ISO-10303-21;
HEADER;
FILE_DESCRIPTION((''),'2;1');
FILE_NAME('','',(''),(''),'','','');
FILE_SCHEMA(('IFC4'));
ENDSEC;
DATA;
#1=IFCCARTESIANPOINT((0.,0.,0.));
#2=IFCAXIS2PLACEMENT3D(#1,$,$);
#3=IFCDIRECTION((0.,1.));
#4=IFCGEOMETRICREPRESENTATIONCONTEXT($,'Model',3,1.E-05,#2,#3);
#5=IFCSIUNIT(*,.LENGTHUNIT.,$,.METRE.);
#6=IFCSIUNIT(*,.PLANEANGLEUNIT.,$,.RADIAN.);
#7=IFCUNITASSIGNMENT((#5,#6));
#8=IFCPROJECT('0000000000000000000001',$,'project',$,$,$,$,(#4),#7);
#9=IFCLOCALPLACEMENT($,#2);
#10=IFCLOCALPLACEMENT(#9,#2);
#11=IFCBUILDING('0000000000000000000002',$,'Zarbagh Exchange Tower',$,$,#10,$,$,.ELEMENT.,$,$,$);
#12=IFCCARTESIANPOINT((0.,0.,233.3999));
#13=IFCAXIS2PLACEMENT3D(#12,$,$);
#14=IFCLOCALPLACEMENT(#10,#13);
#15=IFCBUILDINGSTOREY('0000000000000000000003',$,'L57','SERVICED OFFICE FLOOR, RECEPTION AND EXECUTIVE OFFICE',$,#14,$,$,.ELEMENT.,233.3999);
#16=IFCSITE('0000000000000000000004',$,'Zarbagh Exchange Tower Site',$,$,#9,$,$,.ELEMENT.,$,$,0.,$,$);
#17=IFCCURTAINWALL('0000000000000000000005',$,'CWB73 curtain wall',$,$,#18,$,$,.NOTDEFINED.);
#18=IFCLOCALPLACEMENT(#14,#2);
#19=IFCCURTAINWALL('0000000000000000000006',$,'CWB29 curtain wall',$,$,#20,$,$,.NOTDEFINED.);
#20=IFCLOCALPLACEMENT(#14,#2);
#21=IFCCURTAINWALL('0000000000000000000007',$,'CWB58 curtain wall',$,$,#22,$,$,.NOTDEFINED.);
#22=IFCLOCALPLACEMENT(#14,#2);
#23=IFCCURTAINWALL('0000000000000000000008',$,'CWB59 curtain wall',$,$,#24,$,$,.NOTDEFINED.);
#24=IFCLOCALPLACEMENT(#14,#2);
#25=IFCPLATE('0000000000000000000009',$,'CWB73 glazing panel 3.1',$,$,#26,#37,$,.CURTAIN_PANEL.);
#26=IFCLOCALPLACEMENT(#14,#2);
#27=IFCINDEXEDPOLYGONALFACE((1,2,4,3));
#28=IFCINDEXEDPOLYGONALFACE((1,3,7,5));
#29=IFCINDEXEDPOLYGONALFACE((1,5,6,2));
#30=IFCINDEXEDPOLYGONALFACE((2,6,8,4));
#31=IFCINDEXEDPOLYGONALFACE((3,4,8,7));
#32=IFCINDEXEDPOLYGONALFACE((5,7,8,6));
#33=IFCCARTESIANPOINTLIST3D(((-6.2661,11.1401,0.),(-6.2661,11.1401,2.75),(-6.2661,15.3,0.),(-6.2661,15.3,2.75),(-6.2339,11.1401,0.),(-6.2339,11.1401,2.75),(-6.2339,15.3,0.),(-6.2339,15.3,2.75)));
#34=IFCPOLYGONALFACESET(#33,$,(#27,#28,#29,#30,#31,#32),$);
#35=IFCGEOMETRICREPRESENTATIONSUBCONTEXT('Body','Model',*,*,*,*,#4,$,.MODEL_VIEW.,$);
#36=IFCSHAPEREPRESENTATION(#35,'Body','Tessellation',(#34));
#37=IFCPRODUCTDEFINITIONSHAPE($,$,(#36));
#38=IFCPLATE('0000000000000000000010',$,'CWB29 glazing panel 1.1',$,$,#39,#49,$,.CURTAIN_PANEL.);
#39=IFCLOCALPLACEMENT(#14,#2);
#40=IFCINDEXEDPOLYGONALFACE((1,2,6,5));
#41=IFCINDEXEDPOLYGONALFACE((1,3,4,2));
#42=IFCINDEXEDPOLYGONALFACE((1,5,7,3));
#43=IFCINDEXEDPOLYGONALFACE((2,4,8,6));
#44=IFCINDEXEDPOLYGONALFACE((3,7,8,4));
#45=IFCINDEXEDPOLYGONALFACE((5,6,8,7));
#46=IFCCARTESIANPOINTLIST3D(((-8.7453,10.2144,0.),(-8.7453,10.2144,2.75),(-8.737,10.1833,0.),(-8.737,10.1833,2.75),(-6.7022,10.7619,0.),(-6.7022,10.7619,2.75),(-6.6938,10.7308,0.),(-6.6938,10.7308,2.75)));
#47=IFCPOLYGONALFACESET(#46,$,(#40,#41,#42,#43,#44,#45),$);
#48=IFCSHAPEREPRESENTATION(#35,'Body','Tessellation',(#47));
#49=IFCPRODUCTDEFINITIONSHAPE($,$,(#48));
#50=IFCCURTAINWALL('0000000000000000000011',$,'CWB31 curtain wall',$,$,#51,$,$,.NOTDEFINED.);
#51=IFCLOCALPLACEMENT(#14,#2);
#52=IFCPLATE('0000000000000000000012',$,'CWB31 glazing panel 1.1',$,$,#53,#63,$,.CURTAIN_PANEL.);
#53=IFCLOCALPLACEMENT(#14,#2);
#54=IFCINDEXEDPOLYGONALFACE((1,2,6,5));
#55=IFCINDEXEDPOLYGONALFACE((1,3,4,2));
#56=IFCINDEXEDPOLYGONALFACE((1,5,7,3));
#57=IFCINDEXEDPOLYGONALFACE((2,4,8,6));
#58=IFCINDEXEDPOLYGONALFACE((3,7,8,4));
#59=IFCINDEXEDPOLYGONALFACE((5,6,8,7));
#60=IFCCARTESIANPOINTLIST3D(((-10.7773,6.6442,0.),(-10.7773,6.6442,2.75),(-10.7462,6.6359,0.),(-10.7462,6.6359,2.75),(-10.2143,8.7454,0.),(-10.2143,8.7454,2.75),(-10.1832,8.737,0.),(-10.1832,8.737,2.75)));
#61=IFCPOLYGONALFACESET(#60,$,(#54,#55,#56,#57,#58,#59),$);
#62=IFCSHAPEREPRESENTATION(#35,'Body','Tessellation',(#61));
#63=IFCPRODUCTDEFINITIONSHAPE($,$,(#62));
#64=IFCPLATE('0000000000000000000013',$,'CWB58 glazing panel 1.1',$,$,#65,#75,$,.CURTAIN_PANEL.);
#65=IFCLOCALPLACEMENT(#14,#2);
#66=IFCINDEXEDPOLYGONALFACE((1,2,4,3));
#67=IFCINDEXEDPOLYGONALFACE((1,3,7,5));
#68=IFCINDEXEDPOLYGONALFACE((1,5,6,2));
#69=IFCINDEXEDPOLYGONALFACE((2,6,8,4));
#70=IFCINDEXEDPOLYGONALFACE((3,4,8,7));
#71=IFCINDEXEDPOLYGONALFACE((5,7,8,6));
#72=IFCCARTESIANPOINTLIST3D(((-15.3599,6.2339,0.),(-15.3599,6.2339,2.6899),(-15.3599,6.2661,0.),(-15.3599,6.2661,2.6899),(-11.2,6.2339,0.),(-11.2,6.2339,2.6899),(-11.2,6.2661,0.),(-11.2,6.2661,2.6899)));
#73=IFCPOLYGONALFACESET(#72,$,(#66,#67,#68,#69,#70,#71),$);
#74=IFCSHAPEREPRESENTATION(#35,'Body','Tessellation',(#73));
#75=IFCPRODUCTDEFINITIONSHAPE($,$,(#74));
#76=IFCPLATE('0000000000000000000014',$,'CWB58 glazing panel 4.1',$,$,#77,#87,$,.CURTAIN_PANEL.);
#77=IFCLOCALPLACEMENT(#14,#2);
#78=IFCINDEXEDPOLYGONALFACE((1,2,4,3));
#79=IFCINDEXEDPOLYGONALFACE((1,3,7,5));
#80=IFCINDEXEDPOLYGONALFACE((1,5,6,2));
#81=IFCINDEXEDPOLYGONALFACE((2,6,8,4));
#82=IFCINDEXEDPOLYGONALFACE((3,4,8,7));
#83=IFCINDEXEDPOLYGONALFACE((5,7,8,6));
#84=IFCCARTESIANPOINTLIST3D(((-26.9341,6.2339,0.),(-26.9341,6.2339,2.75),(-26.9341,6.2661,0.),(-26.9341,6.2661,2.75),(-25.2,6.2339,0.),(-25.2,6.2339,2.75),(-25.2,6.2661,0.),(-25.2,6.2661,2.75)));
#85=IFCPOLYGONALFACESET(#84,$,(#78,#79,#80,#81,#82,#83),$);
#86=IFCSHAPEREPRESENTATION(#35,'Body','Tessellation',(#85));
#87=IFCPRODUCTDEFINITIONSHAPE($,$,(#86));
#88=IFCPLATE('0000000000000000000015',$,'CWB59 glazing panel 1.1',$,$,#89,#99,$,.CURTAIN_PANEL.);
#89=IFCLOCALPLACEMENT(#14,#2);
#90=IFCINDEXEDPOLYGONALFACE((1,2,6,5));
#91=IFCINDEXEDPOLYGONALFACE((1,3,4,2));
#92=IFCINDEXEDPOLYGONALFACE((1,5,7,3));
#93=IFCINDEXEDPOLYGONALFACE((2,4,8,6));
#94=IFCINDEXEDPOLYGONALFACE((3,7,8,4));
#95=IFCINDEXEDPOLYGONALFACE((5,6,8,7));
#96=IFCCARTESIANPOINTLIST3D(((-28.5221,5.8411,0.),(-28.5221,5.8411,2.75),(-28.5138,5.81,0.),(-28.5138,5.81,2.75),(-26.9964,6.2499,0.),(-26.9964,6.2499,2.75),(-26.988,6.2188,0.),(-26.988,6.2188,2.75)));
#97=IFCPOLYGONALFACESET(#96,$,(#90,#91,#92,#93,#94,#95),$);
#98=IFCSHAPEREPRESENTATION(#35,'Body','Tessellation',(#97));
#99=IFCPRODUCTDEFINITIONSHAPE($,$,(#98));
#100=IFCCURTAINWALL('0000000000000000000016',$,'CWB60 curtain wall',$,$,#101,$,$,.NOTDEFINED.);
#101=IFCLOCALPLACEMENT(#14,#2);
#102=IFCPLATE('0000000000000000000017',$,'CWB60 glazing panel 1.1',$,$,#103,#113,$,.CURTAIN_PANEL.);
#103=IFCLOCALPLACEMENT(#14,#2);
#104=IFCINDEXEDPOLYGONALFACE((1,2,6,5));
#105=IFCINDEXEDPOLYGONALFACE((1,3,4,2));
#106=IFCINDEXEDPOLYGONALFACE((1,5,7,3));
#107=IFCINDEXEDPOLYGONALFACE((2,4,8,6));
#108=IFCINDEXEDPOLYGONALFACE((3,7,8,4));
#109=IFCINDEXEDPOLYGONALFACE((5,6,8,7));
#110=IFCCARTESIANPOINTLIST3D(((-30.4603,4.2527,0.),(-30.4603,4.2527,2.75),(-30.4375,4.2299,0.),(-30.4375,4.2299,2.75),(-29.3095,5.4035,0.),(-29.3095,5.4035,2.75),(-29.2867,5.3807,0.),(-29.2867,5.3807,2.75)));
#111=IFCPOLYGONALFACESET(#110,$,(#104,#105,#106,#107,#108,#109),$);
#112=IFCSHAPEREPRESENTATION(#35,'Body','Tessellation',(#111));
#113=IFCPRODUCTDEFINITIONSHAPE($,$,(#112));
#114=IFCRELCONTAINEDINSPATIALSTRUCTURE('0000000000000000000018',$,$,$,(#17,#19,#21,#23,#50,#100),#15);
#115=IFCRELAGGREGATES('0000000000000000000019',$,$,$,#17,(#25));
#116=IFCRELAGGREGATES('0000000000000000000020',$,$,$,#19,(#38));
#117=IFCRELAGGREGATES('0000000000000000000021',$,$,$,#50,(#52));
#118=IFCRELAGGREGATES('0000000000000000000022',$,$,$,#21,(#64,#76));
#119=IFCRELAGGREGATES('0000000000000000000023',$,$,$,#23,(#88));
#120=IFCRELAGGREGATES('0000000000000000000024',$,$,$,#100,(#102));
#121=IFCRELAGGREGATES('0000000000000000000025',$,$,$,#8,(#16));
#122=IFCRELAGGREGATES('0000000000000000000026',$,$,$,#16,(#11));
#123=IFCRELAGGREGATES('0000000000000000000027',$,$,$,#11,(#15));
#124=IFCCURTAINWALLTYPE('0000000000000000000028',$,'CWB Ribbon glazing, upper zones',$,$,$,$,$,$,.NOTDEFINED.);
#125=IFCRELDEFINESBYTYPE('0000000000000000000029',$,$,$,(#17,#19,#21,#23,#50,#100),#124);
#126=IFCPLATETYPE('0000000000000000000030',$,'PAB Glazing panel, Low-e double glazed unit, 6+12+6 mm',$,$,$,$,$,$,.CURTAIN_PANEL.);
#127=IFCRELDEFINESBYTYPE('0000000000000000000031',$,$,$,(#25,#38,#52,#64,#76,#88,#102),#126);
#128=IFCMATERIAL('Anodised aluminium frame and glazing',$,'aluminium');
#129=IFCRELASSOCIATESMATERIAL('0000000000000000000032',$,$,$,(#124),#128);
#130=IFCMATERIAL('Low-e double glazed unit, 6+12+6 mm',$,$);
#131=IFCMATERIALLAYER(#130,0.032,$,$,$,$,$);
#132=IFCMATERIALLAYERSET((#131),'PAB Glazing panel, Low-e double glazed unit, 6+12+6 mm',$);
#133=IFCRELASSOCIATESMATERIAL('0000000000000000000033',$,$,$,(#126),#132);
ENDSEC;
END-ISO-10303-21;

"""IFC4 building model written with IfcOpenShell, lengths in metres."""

from ifc_helpers import new_model, si_unit, direction, frame, origin, place, context, subcontext, project, spatial, polyline, outline, extrude, source, transform, mapped, material, layer, layer_set, type_object, element, aggregate, save


model = new_model("IFC4")

# Units and contexts
model_context = context("Model", 3, precision=1e-05, world=origin(), true_north=direction((0.0, 1.0)))
body_context = subcontext(model_context, "Body", "Model", "MODEL_VIEW")
ifc_project = project(units=[si_unit("LENGTHUNIT", "METRE"), si_unit("PLANEANGLEUNIT", "RADIAN")], contexts=[model_context])

# Site, building, storey
site_placement = place(None, origin())
site = spatial("IfcSite", under=ifc_project, at=site_placement, Name="Zarbagh Exchange Tower Site", CompositionType="ELEMENT", RefElevation=0.0)
building_placement = place(site_placement, origin())
building = spatial("IfcBuilding", under=site, at=building_placement, Name="Zarbagh Exchange Tower", CompositionType="ELEMENT")
storey_placement = place(building_placement, frame((0.0, 0.0, 233.3999)))
storey = spatial("IfcBuildingStorey", under=building, at=storey_placement, Name="L57", Description="SERVICED OFFICE FLOOR, RECEPTION AND EXECUTIVE OFFICE", CompositionType="ELEMENT", Elevation=233.3999)

# Curtain walls
ifc_material_1 = material(Name="Anodised aluminium frame and glazing", Category="aluminium")
curtain_wall_type = type_object("IfcCurtainWallType", Name="CWB Ribbon glazing, upper zones", PredefinedType="NOTDEFINED", material=ifc_material_1)
curtain_wall_1_placement = place(storey_placement, origin())
curtain_wall_1 = element("IfcCurtainWall", 1, at=curtain_wall_1_placement, inside=storey, type_object=curtain_wall_type, Name="CWB73 curtain wall", PredefinedType="NOTDEFINED")
placement = place(storey_placement, origin())
curtain_wall_2_placement = place(storey_placement, origin())
curtain_wall_2 = element("IfcCurtainWall", 2, at=curtain_wall_2_placement, inside=storey, type_object=curtain_wall_type, Name="CWB29 curtain wall", PredefinedType="NOTDEFINED")

# Curtain wall
curtain_wall_3_placement = place(storey_placement, origin())
curtain_wall_3 = element("IfcCurtainWall", 3, at=curtain_wall_3_placement, inside=storey, type_object=curtain_wall_type, Name="CWB58 curtain wall", PredefinedType="NOTDEFINED")

# Curtain wall
curtain_wall_4_placement = place(storey_placement, origin())
curtain_wall_4 = element("IfcCurtainWall", 4, at=curtain_wall_4_placement, inside=storey, type_object=curtain_wall_type, Name="CWB59 curtain wall", PredefinedType="NOTDEFINED")

# Shared definitions
ifc_material_2 = material(Name="Low-e double glazed unit, 6+12+6 mm")
ifc_layer = layer(ifc_material_2, 0.032)
ifc_layer_set = layer_set([ifc_layer], Name="PAB Glazing panel, Low-e double glazed unit, 6+12+6 mm")
plate_type = type_object("IfcPlateType", Name="PAB Glazing panel, Low-e double glazed unit, 6+12+6 mm", PredefinedType="CURTAIN_PANEL", material=ifc_layer_set)

# Plates
shared_shape_1 = source(origin(), body_context, "Body", "SweptSolid", [
    extrude(outline(polyline([(0.0, -0.0161), (4.1599, -0.0161), (4.1599, 0.0161), (0.0, 0.0161), (0.0, -0.0161)])), origin(), (0.0, 0.0, 1.0), 2.75),
])
plate_1 = element("IfcPlate", 5, at=placement, type_object=plate_type, Name="CWB73 glazing panel 3.1", PredefinedType="CURTAIN_PANEL", context=body_context, shape_type="MappedRepresentation", body=[
    mapped(shared_shape_1, transform((-6.25, 15.3, 0.0), x_axis=(0.0, -1.0, 0.0), y_axis=(1.0, 0.0, 0.0), z_axis=(0.0, 0.0, 1.0))),
])
aggregate(curtain_wall_1, [plate_1])
shared_shape_2 = source(origin(), body_context, "Body", "SweptSolid", [
    extrude(outline(polyline([(0.0, -0.0161), (2.1152, -0.0161), (2.1152, 0.0161), (0.0, 0.0161), (0.0, -0.0161)])), origin(), (0.0, 0.0, 1.0), 2.75),
])
plate_2 = element("IfcPlate", 6, at=placement, type_object=plate_type, Name="CWB29 glazing panel 1.1", PredefinedType="CURTAIN_PANEL", context=body_context, shape_type="MappedRepresentation", body=[
    mapped(shared_shape_2, transform((-6.698, 10.7463, 0.0), x_axis=(-0.965924, -0.258825, 0.0), y_axis=(0.258825, -0.965924, 0.0), z_axis=(0.0, 0.0, 1.0))),
])
aggregate(curtain_wall_2, [plate_2])

# Curtain wall, plate
curtain_wall_5_placement = place(storey_placement, origin())
curtain_wall_5 = element("IfcCurtainWall", 7, at=curtain_wall_5_placement, inside=storey, type_object=curtain_wall_type, Name="CWB31 curtain wall", PredefinedType="NOTDEFINED")
shared_shape_3 = source(origin(), body_context, "Body", "SweptSolid", [
    extrude(outline(polyline([(0.0, -0.0161), (2.1753, -0.0161), (2.1753, 0.0161), (0.0, 0.0161), (0.0, -0.0161)])), origin(), (0.0, 0.0, 1.0), 2.75),
])
plate_3 = element("IfcPlate", 8, at=placement, type_object=plate_type, Name="CWB31 glazing panel 1.1", PredefinedType="CURTAIN_PANEL", context=body_context, shape_type="MappedRepresentation", body=[
    mapped(shared_shape_3, transform((-10.1987, 8.7412, 0.0), x_axis=(-0.258825, -0.965924, 0.0), y_axis=(0.965924, -0.258825, 0.0), z_axis=(0.0, 0.0, 1.0))),
])
aggregate(curtain_wall_5, [plate_3])

# Plates
shared_shape_4 = source(origin(), body_context, "Body", "SweptSolid", [
    extrude(outline(polyline([(0.0, -0.0161), (4.1599, -0.0161), (4.1599, 0.0161), (0.0, 0.0161), (0.0, -0.0161)])), origin(), (0.0, 0.0, 1.0), 2.6899),
])
plate_4 = element("IfcPlate", 9, at=placement, type_object=plate_type, Name="CWB58 glazing panel 1.1", PredefinedType="CURTAIN_PANEL", context=body_context, shape_type="MappedRepresentation", body=[
    mapped(shared_shape_4, transform((-11.2, 6.25, 0.0), x_axis=(-1.0, 0.0, 0.0), y_axis=(0.0, -1.0, 0.0), z_axis=(0.0, 0.0, 1.0))),
])
shared_shape_5 = source(origin(), body_context, "Body", "SweptSolid", [
    extrude(outline(polyline([(0.0, -0.0161), (1.7341, -0.0161), (1.7341, 0.0161), (0.0, 0.0161), (0.0, -0.0161)])), origin(), (0.0, 0.0, 1.0), 2.75),
])
plate_5 = element("IfcPlate", 10, at=placement, type_object=plate_type, Name="CWB58 glazing panel 4.1", PredefinedType="CURTAIN_PANEL", context=body_context, shape_type="MappedRepresentation", body=[
    mapped(shared_shape_5, transform((-25.2, 6.25, 0.0), x_axis=(-1.0, 0.0, 0.0), y_axis=(0.0, -1.0, 0.0), z_axis=(0.0, 0.0, 1.0))),
])
aggregate(curtain_wall_3, [plate_4, plate_5])
shared_shape_6 = source(origin(), body_context, "Body", "SweptSolid", [
    extrude(outline(polyline([(0.0, -0.0161), (1.5796, -0.0161), (1.5796, 0.0161), (0.0, 0.0161), (0.0, -0.0161)])), origin(), (0.0, 0.0, 1.0), 2.75),
])
plate_6 = element("IfcPlate", 11, at=placement, type_object=plate_type, Name="CWB59 glazing panel 1.1", PredefinedType="CURTAIN_PANEL", context=body_context, shape_type="MappedRepresentation", body=[
    mapped(shared_shape_6, transform((-26.9922, 6.2344, 0.0), x_axis=(-0.965924, -0.258825, 0.0), y_axis=(0.258825, -0.965924, 0.0), z_axis=(0.0, 0.0, 1.0))),
])
aggregate(curtain_wall_4, [plate_6])

# Curtain wall, plate
curtain_wall_6_placement = place(storey_placement, origin())
curtain_wall_6 = element("IfcCurtainWall", 12, at=curtain_wall_6_placement, inside=storey, type_object=curtain_wall_type, Name="CWB60 curtain wall", PredefinedType="NOTDEFINED")
shared_shape_7 = source(origin(), body_context, "Body", "SweptSolid", [
    extrude(outline(polyline([(0.0, -0.0161), (1.6274, -0.0161), (1.6274, 0.0161), (0.0, 0.0161), (0.0, -0.0161)])), origin(), (0.0, 0.0, 1.0), 2.75),
])
plate_7 = element("IfcPlate", 13, at=placement, type_object=plate_type, Name="CWB60 glazing panel 1.1", PredefinedType="CURTAIN_PANEL", context=body_context, shape_type="MappedRepresentation", body=[
    mapped(shared_shape_7, transform((-29.2981, 5.3921, 0.0), x_axis=(-0.707107, -0.707107, 0.0), y_axis=(0.707107, -0.707107, 0.0), z_axis=(0.0, 0.0, 1.0))),
])
aggregate(curtain_wall_6, [plate_7])

save(model, "model.ifc")
